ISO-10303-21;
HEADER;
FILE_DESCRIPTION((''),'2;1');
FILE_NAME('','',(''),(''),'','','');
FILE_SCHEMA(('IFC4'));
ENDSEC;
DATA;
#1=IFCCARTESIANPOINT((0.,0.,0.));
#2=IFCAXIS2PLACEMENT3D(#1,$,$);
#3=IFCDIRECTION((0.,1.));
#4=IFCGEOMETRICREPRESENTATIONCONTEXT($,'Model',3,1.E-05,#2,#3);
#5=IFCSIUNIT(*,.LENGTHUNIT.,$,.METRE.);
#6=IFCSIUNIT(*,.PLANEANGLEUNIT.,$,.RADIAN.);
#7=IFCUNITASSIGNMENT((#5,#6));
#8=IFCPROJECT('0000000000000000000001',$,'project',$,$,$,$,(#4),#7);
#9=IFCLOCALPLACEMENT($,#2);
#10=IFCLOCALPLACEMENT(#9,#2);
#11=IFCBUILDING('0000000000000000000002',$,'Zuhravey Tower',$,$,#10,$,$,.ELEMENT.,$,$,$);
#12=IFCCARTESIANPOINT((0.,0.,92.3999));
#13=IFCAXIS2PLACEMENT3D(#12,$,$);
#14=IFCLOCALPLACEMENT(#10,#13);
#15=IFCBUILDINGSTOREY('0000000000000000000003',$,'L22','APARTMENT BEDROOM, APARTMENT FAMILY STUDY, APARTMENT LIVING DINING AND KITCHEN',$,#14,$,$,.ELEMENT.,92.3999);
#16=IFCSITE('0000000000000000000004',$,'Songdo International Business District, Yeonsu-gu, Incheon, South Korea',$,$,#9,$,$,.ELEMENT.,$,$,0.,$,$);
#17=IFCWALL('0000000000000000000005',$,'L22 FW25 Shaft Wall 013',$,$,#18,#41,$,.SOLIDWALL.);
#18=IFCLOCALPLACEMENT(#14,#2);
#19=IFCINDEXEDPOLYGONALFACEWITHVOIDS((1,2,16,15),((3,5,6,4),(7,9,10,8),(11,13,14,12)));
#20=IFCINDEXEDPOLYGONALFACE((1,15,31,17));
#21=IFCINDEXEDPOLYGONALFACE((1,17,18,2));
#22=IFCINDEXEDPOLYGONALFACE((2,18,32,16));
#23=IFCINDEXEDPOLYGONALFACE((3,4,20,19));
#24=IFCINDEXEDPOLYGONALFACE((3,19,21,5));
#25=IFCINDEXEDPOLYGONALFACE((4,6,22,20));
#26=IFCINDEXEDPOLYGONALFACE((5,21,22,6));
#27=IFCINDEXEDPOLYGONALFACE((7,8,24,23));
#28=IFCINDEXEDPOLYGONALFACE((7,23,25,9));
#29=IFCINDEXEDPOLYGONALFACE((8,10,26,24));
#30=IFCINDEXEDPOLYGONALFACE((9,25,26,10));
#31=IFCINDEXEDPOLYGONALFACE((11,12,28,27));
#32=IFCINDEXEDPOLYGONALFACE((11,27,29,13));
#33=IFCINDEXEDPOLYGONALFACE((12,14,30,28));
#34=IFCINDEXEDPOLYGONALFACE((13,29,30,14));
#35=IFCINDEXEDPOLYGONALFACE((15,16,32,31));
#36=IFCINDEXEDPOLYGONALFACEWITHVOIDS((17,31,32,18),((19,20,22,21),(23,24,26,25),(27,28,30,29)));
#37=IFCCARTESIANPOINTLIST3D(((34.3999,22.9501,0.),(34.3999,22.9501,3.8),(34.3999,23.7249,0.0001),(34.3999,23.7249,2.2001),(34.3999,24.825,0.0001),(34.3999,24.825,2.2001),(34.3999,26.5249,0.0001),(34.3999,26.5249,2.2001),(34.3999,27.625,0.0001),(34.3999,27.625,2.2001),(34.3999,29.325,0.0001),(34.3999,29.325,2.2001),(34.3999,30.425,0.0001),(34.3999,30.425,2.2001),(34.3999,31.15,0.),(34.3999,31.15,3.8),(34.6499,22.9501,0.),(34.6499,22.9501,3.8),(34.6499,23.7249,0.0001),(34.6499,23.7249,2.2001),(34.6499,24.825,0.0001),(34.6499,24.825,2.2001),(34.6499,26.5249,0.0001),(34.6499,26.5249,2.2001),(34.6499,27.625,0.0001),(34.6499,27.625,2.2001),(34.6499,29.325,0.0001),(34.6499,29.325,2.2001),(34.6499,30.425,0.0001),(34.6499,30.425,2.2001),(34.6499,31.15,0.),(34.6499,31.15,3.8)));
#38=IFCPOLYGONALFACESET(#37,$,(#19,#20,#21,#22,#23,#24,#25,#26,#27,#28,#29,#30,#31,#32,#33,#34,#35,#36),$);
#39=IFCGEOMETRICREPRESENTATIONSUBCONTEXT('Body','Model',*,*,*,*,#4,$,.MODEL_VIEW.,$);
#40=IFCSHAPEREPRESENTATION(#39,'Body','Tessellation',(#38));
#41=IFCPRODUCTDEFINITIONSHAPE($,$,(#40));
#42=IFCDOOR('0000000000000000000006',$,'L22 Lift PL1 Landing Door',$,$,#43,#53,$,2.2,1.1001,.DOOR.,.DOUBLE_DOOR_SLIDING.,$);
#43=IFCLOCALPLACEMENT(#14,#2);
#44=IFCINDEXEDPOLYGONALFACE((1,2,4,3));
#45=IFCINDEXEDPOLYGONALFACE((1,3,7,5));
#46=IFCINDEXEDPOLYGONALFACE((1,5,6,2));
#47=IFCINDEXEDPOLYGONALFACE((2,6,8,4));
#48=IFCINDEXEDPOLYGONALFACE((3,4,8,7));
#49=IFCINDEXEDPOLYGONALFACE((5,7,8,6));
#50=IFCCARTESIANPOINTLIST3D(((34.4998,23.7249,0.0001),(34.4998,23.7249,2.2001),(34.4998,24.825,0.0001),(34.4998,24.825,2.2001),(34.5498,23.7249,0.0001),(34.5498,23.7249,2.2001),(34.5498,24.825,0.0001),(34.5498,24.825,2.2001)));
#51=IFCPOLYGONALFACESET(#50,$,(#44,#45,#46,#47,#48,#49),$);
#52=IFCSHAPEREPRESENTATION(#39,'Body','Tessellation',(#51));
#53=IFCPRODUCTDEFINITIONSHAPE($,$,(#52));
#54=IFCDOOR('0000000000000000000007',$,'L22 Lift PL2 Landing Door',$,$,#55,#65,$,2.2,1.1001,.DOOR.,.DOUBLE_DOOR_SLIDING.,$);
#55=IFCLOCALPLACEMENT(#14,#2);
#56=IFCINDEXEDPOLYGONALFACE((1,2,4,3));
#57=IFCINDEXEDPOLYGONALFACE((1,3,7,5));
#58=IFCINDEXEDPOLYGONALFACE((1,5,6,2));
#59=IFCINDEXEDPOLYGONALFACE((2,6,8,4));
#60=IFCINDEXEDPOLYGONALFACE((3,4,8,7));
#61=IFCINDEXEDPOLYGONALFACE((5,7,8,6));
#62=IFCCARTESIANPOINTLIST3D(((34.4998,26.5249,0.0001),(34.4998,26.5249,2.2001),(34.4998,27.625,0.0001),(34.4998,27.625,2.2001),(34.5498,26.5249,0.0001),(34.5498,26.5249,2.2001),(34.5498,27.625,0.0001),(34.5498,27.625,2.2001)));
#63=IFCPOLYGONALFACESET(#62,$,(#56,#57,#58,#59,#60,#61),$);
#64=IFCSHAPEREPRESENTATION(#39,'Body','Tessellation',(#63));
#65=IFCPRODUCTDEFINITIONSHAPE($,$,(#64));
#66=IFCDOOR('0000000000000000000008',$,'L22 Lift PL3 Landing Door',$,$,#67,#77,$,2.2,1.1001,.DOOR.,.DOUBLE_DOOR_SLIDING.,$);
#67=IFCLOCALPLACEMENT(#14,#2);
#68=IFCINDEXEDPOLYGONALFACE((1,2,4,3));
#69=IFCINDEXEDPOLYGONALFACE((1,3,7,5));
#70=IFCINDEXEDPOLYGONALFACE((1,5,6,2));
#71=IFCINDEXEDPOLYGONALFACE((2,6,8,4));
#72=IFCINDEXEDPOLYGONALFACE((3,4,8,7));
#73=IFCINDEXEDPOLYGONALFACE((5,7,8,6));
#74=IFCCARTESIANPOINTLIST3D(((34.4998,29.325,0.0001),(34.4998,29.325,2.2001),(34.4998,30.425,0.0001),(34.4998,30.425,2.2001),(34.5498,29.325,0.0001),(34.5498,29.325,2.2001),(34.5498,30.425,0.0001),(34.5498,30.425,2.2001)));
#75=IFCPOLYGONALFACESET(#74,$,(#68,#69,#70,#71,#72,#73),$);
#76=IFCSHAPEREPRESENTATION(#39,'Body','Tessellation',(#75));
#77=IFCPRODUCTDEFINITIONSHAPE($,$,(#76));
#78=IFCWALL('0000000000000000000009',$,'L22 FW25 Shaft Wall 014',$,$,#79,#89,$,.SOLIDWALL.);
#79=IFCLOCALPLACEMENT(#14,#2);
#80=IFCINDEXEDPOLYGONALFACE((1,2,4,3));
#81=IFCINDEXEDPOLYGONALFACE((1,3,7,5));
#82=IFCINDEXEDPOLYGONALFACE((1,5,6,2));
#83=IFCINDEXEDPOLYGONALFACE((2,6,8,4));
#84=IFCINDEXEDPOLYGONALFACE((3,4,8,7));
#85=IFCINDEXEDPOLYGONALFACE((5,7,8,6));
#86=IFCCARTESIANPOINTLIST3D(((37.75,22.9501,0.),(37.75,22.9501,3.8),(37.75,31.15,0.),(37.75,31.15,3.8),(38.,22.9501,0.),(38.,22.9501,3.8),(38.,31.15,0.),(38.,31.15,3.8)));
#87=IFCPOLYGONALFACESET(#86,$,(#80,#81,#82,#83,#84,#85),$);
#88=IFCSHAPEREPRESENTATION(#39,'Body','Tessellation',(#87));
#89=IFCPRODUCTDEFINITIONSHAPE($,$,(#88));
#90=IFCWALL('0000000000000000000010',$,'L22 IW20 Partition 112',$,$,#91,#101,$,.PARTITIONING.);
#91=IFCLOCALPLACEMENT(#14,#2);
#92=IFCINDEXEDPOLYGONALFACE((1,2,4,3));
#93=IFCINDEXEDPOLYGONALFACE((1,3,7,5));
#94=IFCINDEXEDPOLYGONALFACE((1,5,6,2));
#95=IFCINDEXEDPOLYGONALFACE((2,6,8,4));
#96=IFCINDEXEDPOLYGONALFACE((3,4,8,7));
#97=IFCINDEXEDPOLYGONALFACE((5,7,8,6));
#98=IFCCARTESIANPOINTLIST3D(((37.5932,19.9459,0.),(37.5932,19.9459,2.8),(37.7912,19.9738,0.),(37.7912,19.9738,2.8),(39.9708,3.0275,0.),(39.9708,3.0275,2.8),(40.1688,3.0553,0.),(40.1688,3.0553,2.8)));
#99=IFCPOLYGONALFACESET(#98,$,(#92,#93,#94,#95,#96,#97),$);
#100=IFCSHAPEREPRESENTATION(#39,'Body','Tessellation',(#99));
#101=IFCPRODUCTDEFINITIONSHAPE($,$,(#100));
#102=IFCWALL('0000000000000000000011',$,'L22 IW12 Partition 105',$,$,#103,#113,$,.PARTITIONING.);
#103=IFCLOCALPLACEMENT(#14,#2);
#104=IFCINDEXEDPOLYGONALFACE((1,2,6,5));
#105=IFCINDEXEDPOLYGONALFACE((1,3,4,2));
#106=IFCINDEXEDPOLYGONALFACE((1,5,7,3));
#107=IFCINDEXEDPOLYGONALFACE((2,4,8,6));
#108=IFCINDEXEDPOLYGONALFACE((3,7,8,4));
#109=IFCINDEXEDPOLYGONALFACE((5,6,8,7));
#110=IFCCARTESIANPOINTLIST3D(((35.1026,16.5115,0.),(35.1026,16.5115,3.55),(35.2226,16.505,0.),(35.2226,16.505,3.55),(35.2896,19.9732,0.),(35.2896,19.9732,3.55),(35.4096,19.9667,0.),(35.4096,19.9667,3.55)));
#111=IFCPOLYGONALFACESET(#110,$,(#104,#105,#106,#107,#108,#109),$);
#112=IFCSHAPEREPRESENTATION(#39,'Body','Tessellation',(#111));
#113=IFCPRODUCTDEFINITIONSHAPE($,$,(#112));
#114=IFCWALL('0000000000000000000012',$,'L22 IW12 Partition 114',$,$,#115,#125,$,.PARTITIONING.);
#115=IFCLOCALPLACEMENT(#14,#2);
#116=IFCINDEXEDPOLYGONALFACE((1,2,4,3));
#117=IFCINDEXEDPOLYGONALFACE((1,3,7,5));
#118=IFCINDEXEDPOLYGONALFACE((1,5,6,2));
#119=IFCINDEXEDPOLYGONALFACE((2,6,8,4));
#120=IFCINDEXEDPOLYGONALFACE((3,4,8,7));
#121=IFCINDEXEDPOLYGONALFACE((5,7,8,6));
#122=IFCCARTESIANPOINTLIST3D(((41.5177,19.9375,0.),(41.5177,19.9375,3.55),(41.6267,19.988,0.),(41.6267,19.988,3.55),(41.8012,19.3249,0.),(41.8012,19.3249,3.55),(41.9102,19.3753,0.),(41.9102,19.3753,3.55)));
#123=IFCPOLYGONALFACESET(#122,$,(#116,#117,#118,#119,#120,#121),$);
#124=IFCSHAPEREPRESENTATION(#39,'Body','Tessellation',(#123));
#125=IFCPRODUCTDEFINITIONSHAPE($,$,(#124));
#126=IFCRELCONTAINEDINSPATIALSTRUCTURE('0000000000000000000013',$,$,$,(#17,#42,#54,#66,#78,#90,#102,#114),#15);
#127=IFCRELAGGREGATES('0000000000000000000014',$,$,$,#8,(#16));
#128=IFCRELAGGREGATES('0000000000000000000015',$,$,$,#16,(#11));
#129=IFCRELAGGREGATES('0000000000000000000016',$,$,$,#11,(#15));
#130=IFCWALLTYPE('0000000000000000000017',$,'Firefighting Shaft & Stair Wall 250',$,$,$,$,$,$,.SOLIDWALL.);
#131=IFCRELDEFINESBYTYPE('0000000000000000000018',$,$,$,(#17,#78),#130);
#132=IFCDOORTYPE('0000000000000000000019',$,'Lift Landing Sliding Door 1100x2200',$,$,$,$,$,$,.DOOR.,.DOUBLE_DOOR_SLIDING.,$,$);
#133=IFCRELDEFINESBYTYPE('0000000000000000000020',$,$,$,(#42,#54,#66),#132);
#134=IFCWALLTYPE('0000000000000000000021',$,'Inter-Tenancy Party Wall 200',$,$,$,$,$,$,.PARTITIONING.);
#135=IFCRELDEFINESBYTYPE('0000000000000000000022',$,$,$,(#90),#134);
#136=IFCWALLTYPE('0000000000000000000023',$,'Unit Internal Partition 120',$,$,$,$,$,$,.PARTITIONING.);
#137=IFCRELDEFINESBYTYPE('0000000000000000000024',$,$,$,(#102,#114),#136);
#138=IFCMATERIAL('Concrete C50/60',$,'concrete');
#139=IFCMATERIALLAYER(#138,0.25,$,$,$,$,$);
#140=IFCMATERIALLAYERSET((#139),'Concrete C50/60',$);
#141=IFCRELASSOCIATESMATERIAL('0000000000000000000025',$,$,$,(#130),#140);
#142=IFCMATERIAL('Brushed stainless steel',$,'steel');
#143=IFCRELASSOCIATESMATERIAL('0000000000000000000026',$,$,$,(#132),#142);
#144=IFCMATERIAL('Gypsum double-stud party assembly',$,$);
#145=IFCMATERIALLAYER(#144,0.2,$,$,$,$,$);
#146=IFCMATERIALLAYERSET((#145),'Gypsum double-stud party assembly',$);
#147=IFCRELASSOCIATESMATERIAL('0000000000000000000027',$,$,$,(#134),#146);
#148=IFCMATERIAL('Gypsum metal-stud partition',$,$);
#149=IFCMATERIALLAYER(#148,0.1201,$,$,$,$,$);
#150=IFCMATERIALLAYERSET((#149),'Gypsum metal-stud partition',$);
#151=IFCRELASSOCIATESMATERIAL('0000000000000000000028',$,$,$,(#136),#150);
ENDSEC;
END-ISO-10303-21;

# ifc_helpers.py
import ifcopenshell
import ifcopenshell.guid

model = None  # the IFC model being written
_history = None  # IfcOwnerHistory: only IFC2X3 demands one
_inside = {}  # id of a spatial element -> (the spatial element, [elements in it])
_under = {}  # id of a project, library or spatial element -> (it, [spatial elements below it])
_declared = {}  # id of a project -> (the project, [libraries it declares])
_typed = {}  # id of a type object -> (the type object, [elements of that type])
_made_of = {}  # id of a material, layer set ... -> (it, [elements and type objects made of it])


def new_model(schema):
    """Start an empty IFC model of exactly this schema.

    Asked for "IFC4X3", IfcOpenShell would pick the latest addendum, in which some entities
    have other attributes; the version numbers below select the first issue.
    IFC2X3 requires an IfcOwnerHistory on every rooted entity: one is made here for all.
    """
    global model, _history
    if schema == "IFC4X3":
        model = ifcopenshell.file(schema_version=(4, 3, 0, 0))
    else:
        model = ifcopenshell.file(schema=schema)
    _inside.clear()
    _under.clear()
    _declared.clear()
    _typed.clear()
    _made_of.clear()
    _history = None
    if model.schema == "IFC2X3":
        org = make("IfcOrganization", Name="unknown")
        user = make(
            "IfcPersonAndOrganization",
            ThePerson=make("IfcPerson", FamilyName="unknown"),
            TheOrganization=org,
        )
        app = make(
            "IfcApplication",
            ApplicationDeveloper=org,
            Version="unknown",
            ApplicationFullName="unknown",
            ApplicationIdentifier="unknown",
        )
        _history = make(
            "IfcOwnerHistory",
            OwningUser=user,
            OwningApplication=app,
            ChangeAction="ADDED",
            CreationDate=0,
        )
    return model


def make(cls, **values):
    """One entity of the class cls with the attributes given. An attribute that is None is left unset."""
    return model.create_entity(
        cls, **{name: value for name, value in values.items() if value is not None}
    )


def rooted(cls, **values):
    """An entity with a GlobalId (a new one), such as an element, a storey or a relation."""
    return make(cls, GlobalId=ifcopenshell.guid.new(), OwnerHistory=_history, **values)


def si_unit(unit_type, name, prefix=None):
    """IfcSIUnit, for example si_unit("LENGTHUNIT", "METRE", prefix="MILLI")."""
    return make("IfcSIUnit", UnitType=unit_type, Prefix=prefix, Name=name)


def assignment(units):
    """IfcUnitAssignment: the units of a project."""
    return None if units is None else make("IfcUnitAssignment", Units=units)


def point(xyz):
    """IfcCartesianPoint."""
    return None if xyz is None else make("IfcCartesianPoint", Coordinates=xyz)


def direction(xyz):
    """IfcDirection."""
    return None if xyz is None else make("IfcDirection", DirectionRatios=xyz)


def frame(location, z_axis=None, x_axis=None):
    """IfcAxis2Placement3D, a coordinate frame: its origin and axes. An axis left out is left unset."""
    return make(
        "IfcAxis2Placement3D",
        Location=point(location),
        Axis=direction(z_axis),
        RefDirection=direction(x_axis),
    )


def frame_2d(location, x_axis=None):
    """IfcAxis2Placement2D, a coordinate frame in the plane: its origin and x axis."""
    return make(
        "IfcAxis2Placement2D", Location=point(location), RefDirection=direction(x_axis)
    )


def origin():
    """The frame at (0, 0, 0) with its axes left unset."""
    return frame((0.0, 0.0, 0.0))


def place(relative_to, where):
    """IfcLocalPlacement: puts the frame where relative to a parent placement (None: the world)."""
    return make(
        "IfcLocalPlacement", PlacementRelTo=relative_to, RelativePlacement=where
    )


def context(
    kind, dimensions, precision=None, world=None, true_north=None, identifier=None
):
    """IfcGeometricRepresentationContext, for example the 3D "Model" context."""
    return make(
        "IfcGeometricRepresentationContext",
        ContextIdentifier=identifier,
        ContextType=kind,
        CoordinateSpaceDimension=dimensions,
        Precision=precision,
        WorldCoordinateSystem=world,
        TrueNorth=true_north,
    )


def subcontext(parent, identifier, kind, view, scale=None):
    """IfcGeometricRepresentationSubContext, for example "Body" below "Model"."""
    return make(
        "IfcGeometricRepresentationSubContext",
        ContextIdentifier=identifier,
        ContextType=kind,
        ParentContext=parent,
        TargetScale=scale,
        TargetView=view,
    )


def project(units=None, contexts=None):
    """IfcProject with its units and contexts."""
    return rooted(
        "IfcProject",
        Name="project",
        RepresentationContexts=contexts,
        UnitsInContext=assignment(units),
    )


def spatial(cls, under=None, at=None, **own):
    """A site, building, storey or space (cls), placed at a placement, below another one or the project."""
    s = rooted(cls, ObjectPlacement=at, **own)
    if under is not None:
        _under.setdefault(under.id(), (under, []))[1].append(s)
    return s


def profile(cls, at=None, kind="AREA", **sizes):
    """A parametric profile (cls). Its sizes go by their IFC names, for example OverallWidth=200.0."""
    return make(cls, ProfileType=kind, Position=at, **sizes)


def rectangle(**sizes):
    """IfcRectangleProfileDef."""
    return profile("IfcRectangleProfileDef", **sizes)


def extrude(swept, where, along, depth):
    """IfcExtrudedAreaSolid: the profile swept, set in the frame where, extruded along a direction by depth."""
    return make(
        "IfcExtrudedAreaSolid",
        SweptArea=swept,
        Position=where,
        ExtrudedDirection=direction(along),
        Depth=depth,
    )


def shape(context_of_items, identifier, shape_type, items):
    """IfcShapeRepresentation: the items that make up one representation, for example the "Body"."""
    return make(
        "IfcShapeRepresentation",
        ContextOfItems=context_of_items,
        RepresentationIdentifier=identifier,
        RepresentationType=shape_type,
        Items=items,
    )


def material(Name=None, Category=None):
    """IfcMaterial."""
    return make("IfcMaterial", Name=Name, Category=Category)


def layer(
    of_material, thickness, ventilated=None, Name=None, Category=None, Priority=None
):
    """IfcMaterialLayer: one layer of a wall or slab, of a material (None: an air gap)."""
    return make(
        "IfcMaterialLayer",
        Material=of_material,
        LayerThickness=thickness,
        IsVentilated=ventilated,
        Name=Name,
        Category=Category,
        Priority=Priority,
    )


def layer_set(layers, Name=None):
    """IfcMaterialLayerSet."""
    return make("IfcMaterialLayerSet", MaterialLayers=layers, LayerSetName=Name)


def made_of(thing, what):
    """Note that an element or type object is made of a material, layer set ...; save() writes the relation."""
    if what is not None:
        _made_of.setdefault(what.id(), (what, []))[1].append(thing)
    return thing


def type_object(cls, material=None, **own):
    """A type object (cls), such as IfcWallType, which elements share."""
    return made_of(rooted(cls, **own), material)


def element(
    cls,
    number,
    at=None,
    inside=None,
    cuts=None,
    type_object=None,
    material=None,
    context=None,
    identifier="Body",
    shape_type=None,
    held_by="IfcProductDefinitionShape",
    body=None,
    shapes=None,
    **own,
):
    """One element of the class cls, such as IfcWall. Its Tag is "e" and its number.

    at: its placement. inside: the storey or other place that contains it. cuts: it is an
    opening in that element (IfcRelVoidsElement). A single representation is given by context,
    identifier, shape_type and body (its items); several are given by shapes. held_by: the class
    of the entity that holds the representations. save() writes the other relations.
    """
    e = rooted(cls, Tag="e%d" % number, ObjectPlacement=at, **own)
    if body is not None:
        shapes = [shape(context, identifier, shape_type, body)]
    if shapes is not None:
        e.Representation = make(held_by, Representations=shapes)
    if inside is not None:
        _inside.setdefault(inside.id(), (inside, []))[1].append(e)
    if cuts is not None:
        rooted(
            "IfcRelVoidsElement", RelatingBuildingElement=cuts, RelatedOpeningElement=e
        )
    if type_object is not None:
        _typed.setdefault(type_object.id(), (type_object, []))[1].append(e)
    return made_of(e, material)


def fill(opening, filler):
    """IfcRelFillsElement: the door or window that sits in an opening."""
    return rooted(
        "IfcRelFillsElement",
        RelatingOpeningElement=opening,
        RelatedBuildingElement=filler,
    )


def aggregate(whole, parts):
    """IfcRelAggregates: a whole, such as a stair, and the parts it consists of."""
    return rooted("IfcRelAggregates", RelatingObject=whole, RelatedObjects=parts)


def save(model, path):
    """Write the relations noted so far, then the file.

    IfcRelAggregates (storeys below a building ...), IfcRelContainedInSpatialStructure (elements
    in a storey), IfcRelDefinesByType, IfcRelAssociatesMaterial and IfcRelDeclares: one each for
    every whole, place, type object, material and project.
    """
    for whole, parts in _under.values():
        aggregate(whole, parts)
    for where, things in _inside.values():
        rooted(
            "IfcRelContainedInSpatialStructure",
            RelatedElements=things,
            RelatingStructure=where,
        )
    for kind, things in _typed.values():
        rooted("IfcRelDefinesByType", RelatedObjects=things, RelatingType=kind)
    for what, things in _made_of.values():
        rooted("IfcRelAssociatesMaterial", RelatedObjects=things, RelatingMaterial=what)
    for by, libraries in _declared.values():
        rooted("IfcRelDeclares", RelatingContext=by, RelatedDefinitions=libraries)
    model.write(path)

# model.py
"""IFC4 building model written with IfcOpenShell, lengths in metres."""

from ifc_helpers import new_model, si_unit, direction, frame, frame_2d, origin, place, context, subcontext, project, spatial, rectangle, extrude, material, layer, layer_set, type_object, element, fill, save


model = new_model("IFC4")

# Units and contexts
model_context = context("Model", 3, precision=1e-05, world=origin(), true_north=direction((0.0, 1.0)))
body_context = subcontext(model_context, "Body", "Model", "MODEL_VIEW")
ifc_project = project(units=[si_unit("LENGTHUNIT", "METRE"), si_unit("PLANEANGLEUNIT", "RADIAN")], contexts=[model_context])

# Site, building, storey
site_placement = place(None, origin())
site = spatial("IfcSite", under=ifc_project, at=site_placement, Name="Songdo International Business District, Yeonsu-gu, Incheon, South Korea", CompositionType="ELEMENT", RefElevation=0.0)
building_placement = place(site_placement, origin())
building = spatial("IfcBuilding", under=site, at=building_placement, Name="Zuhravey Tower", CompositionType="ELEMENT")
storey_placement = place(building_placement, frame((0.0, 0.0, 92.3999)))
storey = spatial("IfcBuildingStorey", under=building, at=storey_placement, Name="L22", Description="APARTMENT BEDROOM, APARTMENT FAMILY STUDY, APARTMENT LIVING DINING AND KITCHEN", CompositionType="ELEMENT", Elevation=92.3999)

# Shared definitions
ifc_material_1 = material(Name="Concrete C50/60", Category="concrete")
ifc_layer_1 = layer(ifc_material_1, 0.25)
ifc_layer_set_1 = layer_set([ifc_layer_1], Name="Concrete C50/60")
wall_type_1 = type_object("IfcWallType", Name="Firefighting Shaft & Stair Wall 250", PredefinedType="SOLIDWALL", material=ifc_layer_set_1)

# Wall, openings, doors
wall_1_placement = place(storey_placement, frame((34.5249, 22.95, 0.0), z_axis=(0.0, 0.0, 1.0), x_axis=(0.0, 1.0, 0.0)))
wall_1 = element("IfcWall", 1, at=wall_1_placement, inside=storey, type_object=wall_type_1, Name="L22 FW25 Shaft Wall 013", PredefinedType="SOLIDWALL", context=body_context, shape_type="SweptSolid", body=[
    extrude(rectangle(XDim=8.2, YDim=0.25, at=frame_2d((4.1001, 0.0))), origin(), (0.0, 0.0, 1.0), 3.8),
])
opening_1_placement = place(wall_1_placement, frame((0.7749, 0.0, 0.0)))
opening_1 = element("IfcOpeningElement", 2, at=opening_1_placement, cuts=wall_1, PredefinedType="OPENING", context=body_context, shape_type="SweptSolid", body=[
    extrude(rectangle(XDim=1.1001, YDim=2.2, at=frame_2d((0.55, 1.1001))), frame((0.0, 0.137, 0.0), z_axis=(0.0, -1.0, 0.0), x_axis=(1.0, 0.0, 0.0)), (0.0, 0.0, 1.0), 0.2739),
])
opening_2_placement = place(wall_1_placement, frame((3.575, 0.0, 0.0)))
opening_2 = element("IfcOpeningElement", 3, at=opening_2_placement, cuts=wall_1, PredefinedType="OPENING", context=body_context, shape_type="SweptSolid", body=[
    extrude(rectangle(XDim=1.1001, YDim=2.2, at=frame_2d((0.55, 1.1001))), frame((0.0, 0.137, 0.0), z_axis=(0.0, -1.0, 0.0), x_axis=(1.0, 0.0, 0.0)), (0.0, 0.0, 1.0), 0.2739),
])
opening_3_placement = place(wall_1_placement, frame((6.375, 0.0, 0.0)))
opening_3 = element("IfcOpeningElement", 4, at=opening_3_placement, cuts=wall_1, PredefinedType="OPENING", context=body_context, shape_type="SweptSolid", body=[
    extrude(rectangle(XDim=1.1001, YDim=2.2, at=frame_2d((0.55, 1.1001))), frame((0.0, 0.137, 0.0), z_axis=(0.0, -1.0, 0.0), x_axis=(1.0, 0.0, 0.0)), (0.0, 0.0, 1.0), 0.2739),
])
ifc_material_2 = material(Name="Brushed stainless steel", Category="steel")
door_type_1 = type_object("IfcDoorType", Name="Lift Landing Sliding Door 1100x2200", OperationType="DOUBLE_DOOR_SLIDING", PredefinedType="DOOR", material=ifc_material_2)
door_1_placement = place(opening_1_placement, frame((1.1001, 0.0, 0.0), z_axis=(0.0, 0.0, 1.0), x_axis=(-1.0, 0.0, 0.0)))
door_1 = element("IfcDoor", 5, at=door_1_placement, inside=storey, type_object=door_type_1, Name="L22 Lift PL1 Landing Door", OperationType="DOUBLE_DOOR_SLIDING", OverallHeight=2.2, OverallWidth=1.1001, PredefinedType="DOOR", context=body_context, shape_type="SweptSolid", body=[
    extrude(rectangle(XDim=1.1001, YDim=2.2, at=frame_2d((0.55, 1.1001))), frame((0.0, 0.0249, 0.0), z_axis=(0.0, -1.0, 0.0), x_axis=(1.0, 0.0, 0.0)), (0.0, 0.0, 1.0), 0.05),
])
fill(opening_1, door_1)
door_2_placement = place(opening_2_placement, frame((1.1001, 0.0, 0.0), z_axis=(0.0, 0.0, 1.0), x_axis=(-1.0, 0.0, 0.0)))
door_2 = element("IfcDoor", 6, at=door_2_placement, inside=storey, type_object=door_type_1, Name="L22 Lift PL2 Landing Door", OperationType="DOUBLE_DOOR_SLIDING", OverallHeight=2.2, OverallWidth=1.1001, PredefinedType="DOOR", context=body_context, shape_type="SweptSolid", body=[
    extrude(rectangle(XDim=1.1001, YDim=2.2, at=frame_2d((0.55, 1.1001))), frame((0.0, 0.0249, 0.0), z_axis=(0.0, -1.0, 0.0), x_axis=(1.0, 0.0, 0.0)), (0.0, 0.0, 1.0), 0.05),
])
fill(opening_2, door_2)
door_3_placement = place(opening_3_placement, frame((1.1001, 0.0, 0.0), z_axis=(0.0, 0.0, 1.0), x_axis=(-1.0, 0.0, 0.0)))
door_3 = element("IfcDoor", 7, at=door_3_placement, inside=storey, type_object=door_type_1, Name="L22 Lift PL3 Landing Door", OperationType="DOUBLE_DOOR_SLIDING", OverallHeight=2.2, OverallWidth=1.1001, PredefinedType="DOOR", context=body_context, shape_type="SweptSolid", body=[
    extrude(rectangle(XDim=1.1001, YDim=2.2, at=frame_2d((0.55, 1.1001))), frame((0.0, 0.0249, 0.0), z_axis=(0.0, -1.0, 0.0), x_axis=(1.0, 0.0, 0.0)), (0.0, 0.0, 1.0), 0.05),
])
fill(opening_3, door_3)

# Walls
wall_2_placement = place(storey_placement, frame((37.875, 22.95, 0.0), z_axis=(0.0, 0.0, 1.0), x_axis=(0.0, 1.0, 0.0)))
element("IfcWall", 8, at=wall_2_placement, inside=storey, type_object=wall_type_1, Name="L22 FW25 Shaft Wall 014", PredefinedType="SOLIDWALL", context=body_context, shape_type="SweptSolid", body=[
    extrude(rectangle(XDim=8.2, YDim=0.25, at=frame_2d((4.1001, 0.0))), origin(), (0.0, 0.0, 1.0), 3.8),
])
ifc_material_3 = material(Name="Gypsum double-stud party assembly")
ifc_layer_2 = layer(ifc_material_3, 0.2)
ifc_layer_set_2 = layer_set([ifc_layer_2], Name="Gypsum double-stud party assembly")
wall_type_2 = type_object("IfcWallType", Name="Inter-Tenancy Party Wall 200", PredefinedType="PARTITIONING", material=ifc_layer_set_2)
wall_3_placement = place(storey_placement, frame((37.6921, 19.96, 0.0), z_axis=(0.0, 0.0, 1.0), x_axis=(0.13917, -0.990268, 0.0)))
element("IfcWall", 9, at=wall_3_placement, inside=storey, type_object=wall_type_2, Name="L22 IW20 Partition 112", PredefinedType="PARTITIONING", context=body_context, shape_type="SweptSolid", body=[
    extrude(rectangle(XDim=17.0847, YDim=0.2, at=frame_2d((8.5425, 0.0))), origin(), (0.0, 0.0, 1.0), 2.8),
])
ifc_material_4 = material(Name="Gypsum metal-stud partition")
ifc_layer_3 = layer(ifc_material_4, 0.1201)
ifc_layer_set_3 = layer_set([ifc_layer_3], Name="Gypsum metal-stud partition")
wall_type_3 = type_object("IfcWallType", Name="Unit Internal Partition 120", PredefinedType="PARTITIONING", material=ifc_layer_set_3)
wall_4_placement = place(storey_placement, frame((35.3496, 19.97, 0.0), z_axis=(0.0, 0.0, 1.0), x_axis=(-0.053945, -0.998544, 0.0)))
element("IfcWall", 10, at=wall_4_placement, inside=storey, type_object=wall_type_3, Name="L22 IW12 Partition 105", PredefinedType="PARTITIONING", context=body_context, shape_type="SweptSolid", body=[
    extrude(rectangle(XDim=3.4668, YDim=0.1201, at=frame_2d((1.7334, 0.0))), origin(), (0.0, 0.0, 1.0), 3.55),
])
wall_5_placement = place(storey_placement, frame((41.5723, 19.9626, 0.0), z_axis=(0.0, 0.0, 1.0), x_axis=(0.419953, -0.907546, 0.0)))
element("IfcWall", 11, at=wall_5_placement, inside=storey, type_object=wall_type_3, Name="L22 IW12 Partition 114", PredefinedType="PARTITIONING", context=body_context, shape_type="SweptSolid", body=[
    extrude(rectangle(XDim=0.675, YDim=0.1201, at=frame_2d((0.3374, 0.0))), origin(), (0.0, 0.0, 1.0), 3.55),
])

save(model, "model.ifc")
